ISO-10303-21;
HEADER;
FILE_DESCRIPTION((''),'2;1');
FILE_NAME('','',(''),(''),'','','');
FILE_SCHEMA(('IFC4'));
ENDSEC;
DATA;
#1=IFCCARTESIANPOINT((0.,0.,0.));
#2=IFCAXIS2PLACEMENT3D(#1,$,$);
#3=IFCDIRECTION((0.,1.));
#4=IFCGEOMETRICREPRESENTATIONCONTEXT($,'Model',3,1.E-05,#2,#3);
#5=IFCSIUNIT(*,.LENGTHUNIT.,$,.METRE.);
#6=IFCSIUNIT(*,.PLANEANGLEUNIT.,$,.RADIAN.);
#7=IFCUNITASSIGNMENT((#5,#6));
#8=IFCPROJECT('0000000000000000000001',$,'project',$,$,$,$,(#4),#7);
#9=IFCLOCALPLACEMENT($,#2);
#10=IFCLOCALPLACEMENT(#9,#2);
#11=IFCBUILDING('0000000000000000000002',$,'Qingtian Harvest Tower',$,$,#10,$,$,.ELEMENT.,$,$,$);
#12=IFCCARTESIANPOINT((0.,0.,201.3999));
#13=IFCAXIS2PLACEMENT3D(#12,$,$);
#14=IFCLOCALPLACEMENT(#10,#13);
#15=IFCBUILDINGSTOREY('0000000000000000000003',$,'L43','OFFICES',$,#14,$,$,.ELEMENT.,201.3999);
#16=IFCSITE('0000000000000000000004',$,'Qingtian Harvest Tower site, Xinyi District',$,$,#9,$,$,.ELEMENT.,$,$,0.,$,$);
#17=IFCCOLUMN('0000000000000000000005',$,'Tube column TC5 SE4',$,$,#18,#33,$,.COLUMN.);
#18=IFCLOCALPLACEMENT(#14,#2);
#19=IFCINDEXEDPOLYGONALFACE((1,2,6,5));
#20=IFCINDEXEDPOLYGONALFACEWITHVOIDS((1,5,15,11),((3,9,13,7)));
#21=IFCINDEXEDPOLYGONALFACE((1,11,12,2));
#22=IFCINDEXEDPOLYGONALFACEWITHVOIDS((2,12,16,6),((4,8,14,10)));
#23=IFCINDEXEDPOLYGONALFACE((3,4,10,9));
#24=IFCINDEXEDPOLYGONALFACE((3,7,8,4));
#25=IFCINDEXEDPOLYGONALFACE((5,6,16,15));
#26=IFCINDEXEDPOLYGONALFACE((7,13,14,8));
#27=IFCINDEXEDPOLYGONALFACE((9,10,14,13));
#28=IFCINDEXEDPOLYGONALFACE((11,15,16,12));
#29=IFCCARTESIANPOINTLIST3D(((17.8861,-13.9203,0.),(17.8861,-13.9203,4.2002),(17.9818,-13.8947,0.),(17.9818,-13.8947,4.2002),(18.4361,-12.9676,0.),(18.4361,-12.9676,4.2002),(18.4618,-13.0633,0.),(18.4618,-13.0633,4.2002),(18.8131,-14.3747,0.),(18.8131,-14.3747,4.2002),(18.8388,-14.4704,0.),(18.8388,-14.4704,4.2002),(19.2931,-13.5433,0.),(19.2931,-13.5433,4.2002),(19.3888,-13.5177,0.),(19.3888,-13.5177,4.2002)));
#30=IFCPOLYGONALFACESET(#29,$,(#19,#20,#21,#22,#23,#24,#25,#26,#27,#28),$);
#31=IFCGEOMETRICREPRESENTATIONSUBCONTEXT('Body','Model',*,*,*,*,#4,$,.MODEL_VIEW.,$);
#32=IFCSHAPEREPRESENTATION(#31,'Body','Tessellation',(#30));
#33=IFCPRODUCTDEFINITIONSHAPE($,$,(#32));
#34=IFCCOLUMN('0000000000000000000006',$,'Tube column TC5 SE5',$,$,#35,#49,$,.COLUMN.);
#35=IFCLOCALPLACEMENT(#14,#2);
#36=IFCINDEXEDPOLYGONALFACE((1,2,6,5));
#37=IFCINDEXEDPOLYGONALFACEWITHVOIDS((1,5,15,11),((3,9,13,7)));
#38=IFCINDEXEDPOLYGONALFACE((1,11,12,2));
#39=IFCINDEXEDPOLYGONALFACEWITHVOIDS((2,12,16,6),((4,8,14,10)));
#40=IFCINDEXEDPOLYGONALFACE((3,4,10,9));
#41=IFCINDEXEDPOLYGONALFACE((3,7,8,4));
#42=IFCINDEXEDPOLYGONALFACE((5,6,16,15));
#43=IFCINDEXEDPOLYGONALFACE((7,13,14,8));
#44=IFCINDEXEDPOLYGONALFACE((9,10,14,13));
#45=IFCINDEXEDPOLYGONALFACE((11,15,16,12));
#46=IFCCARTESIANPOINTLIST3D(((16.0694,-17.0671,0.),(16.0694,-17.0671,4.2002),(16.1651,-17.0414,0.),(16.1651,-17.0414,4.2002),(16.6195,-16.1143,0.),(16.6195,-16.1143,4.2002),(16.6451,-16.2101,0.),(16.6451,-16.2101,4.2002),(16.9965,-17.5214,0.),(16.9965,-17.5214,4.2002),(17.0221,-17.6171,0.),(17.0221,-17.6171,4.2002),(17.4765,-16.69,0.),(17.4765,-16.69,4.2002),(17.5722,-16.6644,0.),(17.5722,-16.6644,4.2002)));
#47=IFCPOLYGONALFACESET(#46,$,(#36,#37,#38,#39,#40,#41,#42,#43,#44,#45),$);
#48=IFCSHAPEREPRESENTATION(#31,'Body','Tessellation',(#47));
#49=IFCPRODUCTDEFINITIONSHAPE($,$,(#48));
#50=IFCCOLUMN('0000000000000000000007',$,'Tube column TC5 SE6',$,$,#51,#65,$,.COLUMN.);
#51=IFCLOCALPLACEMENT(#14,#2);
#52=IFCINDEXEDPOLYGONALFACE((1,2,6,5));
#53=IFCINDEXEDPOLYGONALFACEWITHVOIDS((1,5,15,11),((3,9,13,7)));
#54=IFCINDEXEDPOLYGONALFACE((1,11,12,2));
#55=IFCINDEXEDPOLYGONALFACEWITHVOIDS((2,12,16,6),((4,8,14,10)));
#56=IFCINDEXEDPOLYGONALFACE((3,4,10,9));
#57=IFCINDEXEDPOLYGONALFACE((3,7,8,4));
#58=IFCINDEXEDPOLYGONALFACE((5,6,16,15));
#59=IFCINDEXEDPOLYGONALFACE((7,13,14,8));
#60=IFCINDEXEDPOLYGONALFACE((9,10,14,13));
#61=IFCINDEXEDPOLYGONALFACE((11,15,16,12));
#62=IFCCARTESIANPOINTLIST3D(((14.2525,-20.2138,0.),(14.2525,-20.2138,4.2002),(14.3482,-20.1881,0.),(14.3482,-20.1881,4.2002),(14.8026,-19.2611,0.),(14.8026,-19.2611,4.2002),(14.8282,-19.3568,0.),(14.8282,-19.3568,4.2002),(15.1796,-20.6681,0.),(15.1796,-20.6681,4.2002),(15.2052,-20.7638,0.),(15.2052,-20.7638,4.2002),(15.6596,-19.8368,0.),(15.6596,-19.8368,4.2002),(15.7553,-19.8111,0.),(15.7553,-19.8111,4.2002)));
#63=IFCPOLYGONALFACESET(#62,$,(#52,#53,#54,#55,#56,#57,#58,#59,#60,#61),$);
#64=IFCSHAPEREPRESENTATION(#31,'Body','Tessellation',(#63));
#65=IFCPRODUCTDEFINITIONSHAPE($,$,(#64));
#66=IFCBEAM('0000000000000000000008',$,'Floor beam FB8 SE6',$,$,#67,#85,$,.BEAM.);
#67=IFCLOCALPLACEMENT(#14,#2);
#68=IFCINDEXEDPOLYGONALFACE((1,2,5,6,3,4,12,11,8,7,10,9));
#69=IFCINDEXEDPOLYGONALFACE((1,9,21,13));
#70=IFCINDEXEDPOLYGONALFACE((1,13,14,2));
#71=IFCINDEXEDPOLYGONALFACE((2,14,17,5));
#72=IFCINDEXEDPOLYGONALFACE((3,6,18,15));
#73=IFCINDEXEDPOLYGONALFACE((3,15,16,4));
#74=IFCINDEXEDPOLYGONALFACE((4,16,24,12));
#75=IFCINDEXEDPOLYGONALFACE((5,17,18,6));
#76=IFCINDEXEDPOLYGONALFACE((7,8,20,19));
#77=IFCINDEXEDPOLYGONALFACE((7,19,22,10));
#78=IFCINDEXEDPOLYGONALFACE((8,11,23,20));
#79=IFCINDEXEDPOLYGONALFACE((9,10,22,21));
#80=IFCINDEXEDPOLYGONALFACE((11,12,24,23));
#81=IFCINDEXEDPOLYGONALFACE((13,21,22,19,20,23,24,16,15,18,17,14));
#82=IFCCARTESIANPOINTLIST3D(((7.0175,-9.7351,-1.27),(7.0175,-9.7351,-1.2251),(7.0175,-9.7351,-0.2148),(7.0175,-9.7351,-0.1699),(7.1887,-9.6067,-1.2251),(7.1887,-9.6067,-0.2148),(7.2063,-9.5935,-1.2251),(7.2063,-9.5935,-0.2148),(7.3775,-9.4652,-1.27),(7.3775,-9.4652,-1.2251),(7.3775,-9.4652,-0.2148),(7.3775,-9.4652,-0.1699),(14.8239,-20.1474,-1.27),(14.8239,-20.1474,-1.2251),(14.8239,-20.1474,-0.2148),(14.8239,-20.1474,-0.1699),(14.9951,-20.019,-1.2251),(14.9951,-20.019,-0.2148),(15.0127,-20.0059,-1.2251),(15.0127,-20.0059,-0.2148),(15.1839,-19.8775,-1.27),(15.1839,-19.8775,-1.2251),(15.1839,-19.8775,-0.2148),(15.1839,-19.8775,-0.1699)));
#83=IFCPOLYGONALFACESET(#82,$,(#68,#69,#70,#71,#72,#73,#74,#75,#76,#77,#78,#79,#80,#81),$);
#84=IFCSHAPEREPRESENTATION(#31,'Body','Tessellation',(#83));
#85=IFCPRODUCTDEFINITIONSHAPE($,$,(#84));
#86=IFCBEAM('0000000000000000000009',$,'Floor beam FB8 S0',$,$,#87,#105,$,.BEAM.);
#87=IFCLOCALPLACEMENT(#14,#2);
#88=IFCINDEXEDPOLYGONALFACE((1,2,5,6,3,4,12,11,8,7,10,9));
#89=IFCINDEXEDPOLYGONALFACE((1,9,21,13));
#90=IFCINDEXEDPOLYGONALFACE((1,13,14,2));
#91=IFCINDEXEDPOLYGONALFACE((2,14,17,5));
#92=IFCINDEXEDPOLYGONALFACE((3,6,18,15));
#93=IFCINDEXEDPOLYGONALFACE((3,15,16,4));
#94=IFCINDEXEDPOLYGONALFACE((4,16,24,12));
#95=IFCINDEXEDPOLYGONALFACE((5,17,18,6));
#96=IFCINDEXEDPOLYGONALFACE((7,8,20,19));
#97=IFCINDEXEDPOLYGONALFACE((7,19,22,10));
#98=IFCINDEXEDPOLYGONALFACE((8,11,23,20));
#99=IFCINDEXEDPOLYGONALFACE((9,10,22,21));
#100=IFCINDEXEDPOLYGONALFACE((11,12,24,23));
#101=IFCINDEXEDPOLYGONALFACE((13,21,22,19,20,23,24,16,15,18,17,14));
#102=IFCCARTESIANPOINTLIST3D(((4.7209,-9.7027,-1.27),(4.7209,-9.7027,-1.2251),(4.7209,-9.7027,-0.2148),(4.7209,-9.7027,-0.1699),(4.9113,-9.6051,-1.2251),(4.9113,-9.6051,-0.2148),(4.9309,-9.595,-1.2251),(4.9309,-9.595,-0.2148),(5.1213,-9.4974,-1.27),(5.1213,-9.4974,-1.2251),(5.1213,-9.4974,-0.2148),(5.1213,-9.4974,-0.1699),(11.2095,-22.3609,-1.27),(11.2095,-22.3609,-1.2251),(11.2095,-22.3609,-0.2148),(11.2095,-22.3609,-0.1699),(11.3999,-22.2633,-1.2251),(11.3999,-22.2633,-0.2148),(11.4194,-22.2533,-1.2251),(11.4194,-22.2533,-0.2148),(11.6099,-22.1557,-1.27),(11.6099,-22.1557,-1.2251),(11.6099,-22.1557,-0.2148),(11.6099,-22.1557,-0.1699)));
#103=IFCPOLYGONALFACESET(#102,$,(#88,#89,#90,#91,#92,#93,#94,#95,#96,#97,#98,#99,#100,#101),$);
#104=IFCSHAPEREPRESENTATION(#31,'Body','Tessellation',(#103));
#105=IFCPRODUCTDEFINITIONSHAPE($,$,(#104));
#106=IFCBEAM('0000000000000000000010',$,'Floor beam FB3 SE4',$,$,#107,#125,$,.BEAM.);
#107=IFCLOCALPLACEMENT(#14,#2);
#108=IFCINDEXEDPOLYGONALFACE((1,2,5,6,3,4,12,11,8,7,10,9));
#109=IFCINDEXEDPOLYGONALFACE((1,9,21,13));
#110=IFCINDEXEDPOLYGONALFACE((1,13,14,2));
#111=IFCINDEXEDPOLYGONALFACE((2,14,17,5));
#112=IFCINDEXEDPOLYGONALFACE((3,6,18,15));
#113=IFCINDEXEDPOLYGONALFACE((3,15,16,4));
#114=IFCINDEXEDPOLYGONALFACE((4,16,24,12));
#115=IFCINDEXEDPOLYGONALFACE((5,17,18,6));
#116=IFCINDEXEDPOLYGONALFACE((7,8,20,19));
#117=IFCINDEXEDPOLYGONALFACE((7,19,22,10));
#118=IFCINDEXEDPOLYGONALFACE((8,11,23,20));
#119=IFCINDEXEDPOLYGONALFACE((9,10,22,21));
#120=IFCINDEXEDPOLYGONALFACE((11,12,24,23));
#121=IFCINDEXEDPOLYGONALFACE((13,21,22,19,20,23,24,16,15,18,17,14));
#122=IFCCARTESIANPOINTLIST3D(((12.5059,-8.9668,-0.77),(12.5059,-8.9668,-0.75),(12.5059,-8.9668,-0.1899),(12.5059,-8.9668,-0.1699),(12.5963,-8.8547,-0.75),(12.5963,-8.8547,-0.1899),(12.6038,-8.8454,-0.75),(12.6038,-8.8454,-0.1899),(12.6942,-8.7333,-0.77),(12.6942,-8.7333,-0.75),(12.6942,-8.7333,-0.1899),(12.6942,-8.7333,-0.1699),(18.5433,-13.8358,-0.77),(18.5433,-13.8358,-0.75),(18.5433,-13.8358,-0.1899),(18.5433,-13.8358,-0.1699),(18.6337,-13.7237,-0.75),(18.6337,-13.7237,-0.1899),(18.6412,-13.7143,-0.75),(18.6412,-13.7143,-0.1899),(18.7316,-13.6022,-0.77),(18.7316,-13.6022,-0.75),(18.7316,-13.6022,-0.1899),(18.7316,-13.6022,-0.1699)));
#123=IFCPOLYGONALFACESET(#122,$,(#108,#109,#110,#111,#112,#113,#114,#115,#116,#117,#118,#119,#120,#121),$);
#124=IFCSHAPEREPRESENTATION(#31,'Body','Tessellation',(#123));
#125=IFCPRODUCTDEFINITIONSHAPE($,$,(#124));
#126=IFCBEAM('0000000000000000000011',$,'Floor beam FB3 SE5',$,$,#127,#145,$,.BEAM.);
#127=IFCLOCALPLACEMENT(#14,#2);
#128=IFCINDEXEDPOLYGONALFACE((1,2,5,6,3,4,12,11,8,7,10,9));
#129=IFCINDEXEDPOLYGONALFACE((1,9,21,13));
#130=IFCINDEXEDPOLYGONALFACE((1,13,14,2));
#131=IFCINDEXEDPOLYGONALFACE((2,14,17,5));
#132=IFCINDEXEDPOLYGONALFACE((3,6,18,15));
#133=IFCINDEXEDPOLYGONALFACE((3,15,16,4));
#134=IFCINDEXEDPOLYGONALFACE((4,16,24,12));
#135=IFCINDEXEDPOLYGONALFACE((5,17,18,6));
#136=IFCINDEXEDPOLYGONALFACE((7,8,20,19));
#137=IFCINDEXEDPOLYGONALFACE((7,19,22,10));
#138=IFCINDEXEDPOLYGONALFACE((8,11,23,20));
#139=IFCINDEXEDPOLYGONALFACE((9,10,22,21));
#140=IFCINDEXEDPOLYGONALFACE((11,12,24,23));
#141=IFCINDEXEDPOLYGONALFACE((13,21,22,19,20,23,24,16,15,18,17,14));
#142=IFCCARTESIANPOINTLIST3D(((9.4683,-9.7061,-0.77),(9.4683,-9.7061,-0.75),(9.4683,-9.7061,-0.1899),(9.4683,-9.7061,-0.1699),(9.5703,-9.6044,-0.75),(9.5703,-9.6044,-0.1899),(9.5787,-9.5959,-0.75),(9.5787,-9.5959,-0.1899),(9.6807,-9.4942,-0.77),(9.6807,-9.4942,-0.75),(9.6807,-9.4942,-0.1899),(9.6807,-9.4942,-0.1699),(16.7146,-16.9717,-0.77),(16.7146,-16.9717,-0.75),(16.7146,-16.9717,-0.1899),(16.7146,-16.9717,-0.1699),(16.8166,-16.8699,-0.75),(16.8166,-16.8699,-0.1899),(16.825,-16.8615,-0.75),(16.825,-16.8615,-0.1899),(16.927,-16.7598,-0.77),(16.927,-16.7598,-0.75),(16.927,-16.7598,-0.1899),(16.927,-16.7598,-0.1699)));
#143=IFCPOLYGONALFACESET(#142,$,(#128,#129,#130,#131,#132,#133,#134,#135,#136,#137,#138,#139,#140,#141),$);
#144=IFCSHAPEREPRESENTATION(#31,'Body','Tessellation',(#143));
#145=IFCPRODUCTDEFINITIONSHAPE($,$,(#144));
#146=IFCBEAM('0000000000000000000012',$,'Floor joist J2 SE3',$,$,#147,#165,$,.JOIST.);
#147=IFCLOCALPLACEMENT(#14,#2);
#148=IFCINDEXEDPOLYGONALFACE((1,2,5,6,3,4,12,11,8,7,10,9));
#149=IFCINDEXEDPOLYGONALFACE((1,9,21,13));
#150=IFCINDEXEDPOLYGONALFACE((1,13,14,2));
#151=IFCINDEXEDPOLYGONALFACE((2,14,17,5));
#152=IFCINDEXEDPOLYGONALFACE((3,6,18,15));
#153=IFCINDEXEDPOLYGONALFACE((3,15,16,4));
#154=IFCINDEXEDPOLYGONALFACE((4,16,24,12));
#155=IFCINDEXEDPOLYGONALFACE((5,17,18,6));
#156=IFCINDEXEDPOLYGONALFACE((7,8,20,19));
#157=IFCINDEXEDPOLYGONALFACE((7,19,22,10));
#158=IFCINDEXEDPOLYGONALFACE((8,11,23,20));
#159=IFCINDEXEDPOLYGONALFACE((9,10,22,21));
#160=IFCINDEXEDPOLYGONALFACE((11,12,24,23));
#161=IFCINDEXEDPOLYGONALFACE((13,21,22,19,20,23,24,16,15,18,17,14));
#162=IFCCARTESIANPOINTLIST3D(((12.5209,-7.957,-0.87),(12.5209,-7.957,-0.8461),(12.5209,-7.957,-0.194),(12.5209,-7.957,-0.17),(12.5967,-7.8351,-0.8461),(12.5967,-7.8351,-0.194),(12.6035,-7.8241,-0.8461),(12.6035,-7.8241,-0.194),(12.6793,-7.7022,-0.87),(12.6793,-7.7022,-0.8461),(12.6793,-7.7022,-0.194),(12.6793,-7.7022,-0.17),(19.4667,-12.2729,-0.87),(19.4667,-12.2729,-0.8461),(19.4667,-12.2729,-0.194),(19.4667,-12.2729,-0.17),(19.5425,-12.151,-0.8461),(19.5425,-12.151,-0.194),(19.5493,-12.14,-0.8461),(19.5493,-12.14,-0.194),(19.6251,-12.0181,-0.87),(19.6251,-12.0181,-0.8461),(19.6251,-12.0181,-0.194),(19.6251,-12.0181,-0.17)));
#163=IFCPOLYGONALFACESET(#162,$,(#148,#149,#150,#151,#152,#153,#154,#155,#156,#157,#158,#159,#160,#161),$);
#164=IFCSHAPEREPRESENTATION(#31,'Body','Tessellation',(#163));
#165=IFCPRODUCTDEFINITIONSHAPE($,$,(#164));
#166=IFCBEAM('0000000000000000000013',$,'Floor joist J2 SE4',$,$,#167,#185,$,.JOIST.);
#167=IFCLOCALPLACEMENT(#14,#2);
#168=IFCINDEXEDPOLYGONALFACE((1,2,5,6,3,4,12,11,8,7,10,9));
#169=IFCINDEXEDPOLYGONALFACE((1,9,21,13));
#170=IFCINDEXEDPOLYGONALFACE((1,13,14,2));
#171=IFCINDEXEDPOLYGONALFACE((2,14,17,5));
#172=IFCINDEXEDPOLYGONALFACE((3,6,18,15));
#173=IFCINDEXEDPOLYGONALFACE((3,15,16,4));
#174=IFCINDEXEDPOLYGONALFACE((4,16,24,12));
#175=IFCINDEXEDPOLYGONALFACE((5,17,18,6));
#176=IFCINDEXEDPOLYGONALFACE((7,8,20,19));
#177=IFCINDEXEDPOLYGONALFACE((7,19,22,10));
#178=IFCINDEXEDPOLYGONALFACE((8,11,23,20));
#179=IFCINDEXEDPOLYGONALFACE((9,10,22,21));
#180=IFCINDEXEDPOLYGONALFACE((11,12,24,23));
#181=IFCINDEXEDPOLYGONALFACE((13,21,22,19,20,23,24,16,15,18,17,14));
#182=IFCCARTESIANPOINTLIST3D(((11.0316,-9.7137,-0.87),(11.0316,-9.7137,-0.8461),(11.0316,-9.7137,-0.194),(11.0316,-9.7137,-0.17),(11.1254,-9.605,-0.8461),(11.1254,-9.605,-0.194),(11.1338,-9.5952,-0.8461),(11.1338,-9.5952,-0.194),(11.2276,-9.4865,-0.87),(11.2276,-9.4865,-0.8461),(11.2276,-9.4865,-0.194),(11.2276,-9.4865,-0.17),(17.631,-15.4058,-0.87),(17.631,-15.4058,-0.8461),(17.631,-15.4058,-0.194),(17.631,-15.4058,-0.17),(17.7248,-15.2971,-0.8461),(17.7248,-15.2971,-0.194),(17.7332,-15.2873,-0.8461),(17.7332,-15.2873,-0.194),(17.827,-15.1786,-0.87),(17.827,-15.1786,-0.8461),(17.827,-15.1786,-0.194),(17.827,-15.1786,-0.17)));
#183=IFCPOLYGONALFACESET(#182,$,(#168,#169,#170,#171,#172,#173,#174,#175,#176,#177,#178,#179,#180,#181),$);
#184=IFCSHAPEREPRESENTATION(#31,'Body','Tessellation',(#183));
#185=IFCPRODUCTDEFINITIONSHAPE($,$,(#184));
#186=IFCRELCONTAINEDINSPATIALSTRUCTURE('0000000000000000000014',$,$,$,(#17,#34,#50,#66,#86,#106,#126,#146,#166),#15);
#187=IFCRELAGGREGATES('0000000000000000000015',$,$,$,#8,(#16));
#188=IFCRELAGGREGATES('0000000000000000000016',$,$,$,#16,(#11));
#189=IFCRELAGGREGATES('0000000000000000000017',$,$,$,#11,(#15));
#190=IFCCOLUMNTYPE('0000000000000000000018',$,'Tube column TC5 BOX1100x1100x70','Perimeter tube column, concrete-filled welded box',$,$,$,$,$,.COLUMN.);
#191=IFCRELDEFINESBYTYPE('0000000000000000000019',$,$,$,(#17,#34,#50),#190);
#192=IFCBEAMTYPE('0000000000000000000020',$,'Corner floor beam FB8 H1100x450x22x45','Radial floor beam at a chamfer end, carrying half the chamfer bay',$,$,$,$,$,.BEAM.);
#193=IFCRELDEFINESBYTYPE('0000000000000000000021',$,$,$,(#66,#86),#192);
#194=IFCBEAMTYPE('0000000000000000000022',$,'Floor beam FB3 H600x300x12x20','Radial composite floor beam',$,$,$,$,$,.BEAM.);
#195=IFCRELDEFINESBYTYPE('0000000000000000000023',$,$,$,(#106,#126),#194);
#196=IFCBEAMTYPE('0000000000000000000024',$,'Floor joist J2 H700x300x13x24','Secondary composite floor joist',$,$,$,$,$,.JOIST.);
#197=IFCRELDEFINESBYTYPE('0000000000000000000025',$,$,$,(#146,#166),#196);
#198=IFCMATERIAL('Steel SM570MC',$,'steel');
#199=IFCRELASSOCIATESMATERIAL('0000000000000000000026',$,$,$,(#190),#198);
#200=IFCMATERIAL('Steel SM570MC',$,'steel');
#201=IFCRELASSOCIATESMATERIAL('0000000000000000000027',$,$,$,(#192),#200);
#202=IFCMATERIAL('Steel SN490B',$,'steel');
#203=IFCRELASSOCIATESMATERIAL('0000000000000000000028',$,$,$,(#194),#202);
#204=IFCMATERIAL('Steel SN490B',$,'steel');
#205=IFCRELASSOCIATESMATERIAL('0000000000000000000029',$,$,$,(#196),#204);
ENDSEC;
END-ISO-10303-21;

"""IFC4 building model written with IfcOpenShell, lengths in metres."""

from ifc_helpers import new_model, si_unit, direction, frame, origin, origin_2d, place, context, subcontext, project, spatial, hollow_rectangle, i_section, extrude, material, material_profile, profile_set, type_object, element, save


model = new_model("IFC4")

# Units and contexts
model_context = context("Model", 3, precision=1e-05, world=origin(), true_north=direction((0.0, 1.0)))
body_context = subcontext(model_context, "Body", "Model", "MODEL_VIEW")
ifc_project = project(units=[si_unit("LENGTHUNIT", "METRE"), si_unit("PLANEANGLEUNIT", "RADIAN")], contexts=[model_context])

# Site, building, storey
site_placement = place(None, origin())
site = spatial("IfcSite", under=ifc_project, at=site_placement, Name="Qingtian Harvest Tower site, Xinyi District", CompositionType="ELEMENT", RefElevation=0.0)
building_placement = place(site_placement, origin())
building = spatial("IfcBuilding", under=site, at=building_placement, Name="Qingtian Harvest Tower", CompositionType="ELEMENT")
storey_placement = place(building_placement, frame((0.0, 0.0, 201.3999)))
storey = spatial("IfcBuildingStorey", under=building, at=storey_placement, Name="L43", Description="OFFICES", CompositionType="ELEMENT", Elevation=201.3999)

# Columns
ifc_material_1 = material(Name="Steel SM570MC", Category="steel")
ifc_material_profile_1 = material_profile(ifc_material_1, hollow_rectangle(XDim=1.1001, YDim=1.1001, WallThickness=0.0701, at=origin_2d()), Name="BOX1100x1100x70")
ifc_profile_set_1 = profile_set([ifc_material_profile_1], Name="Steel SM570MC")
column_type = type_object("IfcColumnType", Name="Tube column TC5 BOX1100x1100x70", Description="Perimeter tube column, concrete-filled welded box", PredefinedType="COLUMN", material=ifc_profile_set_1)
for number, where, z_axis, x_axis, name in (
    (1, (18.6375, -13.719, 0.0), (0.0, 0.0, 1.0), (0.5, 0.866025, 0.0), "Tube column TC5 SE4"),
    (2, (16.8208, -16.8657, 0.0), (0.0, 0.0, 1.0), (0.5, 0.866025, 0.0), "Tube column TC5 SE5"),
    (3, (15.0039, -20.0125, 0.0), (0.0, 0.0, 1.0), (0.5, 0.866025, 0.0), "Tube column TC5 SE6"),
):
    element("IfcColumn", number, at=place(storey_placement, frame(where, z_axis=z_axis, x_axis=x_axis)), inside=storey, type_object=column_type, Name=name, PredefinedType="COLUMN", context=body_context, shape_type="SweptSolid", body=[
        extrude(hollow_rectangle(XDim=1.1001, YDim=1.1001, WallThickness=0.0701, at=origin_2d()), origin(), (0.0, 0.0, 1.0), 4.2002),
    ])

# Beams
ifc_material_2 = material(Name="Steel SM570MC", Category="steel")
ifc_material_profile_2 = material_profile(ifc_material_2, i_section(OverallWidth=0.45, OverallDepth=1.1001, WebThickness=0.022, FlangeThickness=0.0449, at=origin_2d()), Name="H1100x450x22x45")
ifc_profile_set_2 = profile_set([ifc_material_profile_2], Name="Steel SM570MC")
beam_type_1 = type_object("IfcBeamType", Name="Corner floor beam FB8 H1100x450x22x45", Description="Radial floor beam at a chamfer end, carrying half the chamfer bay", PredefinedType="BEAM", material=ifc_profile_set_2)
beam_1_placement = place(storey_placement, frame((15.0039, -20.0125, -0.72), z_axis=(-0.599859, 0.800106, 0.0), x_axis=(-0.800106, -0.599859, 0.0)))
element("IfcBeam", 4, at=beam_1_placement, inside=storey, type_object=beam_type_1, Name="Floor beam FB8 SE6", PredefinedType="BEAM", context=body_context, shape_type="SweptSolid", body=[
    extrude(i_section(OverallWidth=0.45, OverallDepth=1.1001, WebThickness=0.022, FlangeThickness=0.0449, at=origin_2d()), origin(), (0.0, 0.0, 1.0), 13.0137),
])
beam_2_placement = place(storey_placement, frame((11.4097, -22.2583, -0.72), z_axis=(-0.456157, 0.889899, 0.0), x_axis=(-0.889899, -0.456157, 0.0)))
element("IfcBeam", 5, at=beam_2_placement, inside=storey, type_object=beam_type_1, Name="Floor beam FB8 S0", PredefinedType="BEAM", context=body_context, shape_type="SweptSolid", body=[
    extrude(i_section(OverallWidth=0.45, OverallDepth=1.1001, WebThickness=0.022, FlangeThickness=0.0449, at=origin_2d()), origin(), (0.0, 0.0, 1.0), 14.2244),
])
ifc_material_3 = material(Name="Steel SN490B", Category="steel")
ifc_material_profile_3 = material_profile(ifc_material_3, i_section(OverallWidth=0.3, OverallDepth=0.6001, WebThickness=0.012, FlangeThickness=0.02, at=origin_2d()), Name="H600x300x12x20")
ifc_profile_set_3 = profile_set([ifc_material_profile_3], Name="Steel SN490B")
beam_type_2 = type_object("IfcBeamType", Name="Floor beam FB3 H600x300x12x20", Description="Radial composite floor beam", PredefinedType="BEAM", material=ifc_profile_set_3)
beam_3_placement = place(storey_placement, frame((18.6375, -13.719, -0.47), z_axis=(-0.778409, 0.627757, 0.0), x_axis=(-0.627757, -0.778409, 0.0)))
element("IfcBeam", 6, at=beam_3_placement, inside=storey, type_object=beam_type_2, Name="Floor beam FB3 SE4", PredefinedType="BEAM", context=body_context, shape_type="SweptSolid", body=[
    extrude(i_section(OverallWidth=0.3, OverallDepth=0.6001, WebThickness=0.012, FlangeThickness=0.02, at=origin_2d()), origin(), (0.0, 0.0, 1.0), 7.7561),
])
beam_4_placement = place(storey_placement, frame((16.8208, -16.8657, -0.47), z_axis=(-0.706166, 0.708046, 0.0), x_axis=(-0.708046, -0.706166, 0.0)))
element("IfcBeam", 7, at=beam_4_placement, inside=storey, type_object=beam_type_2, Name="Floor beam FB3 SE5", PredefinedType="BEAM", context=body_context, shape_type="SweptSolid", body=[
    extrude(i_section(OverallWidth=0.3, OverallDepth=0.6001, WebThickness=0.012, FlangeThickness=0.02, at=origin_2d()), origin(), (0.0, 0.0, 1.0), 10.2615),
])
ifc_material_4 = material(Name="Steel SN490B", Category="steel")
ifc_material_profile_4 = material_profile(ifc_material_4, i_section(OverallWidth=0.3, OverallDepth=0.7, WebThickness=0.0129, FlangeThickness=0.0239, at=origin_2d()), Name="H700x300x13x24")
ifc_profile_set_4 = profile_set([ifc_material_profile_4], Name="Steel SN490B")
beam_type_3 = type_object("IfcBeamType", Name="Floor joist J2 H700x300x13x24", Description="Secondary composite floor joist", PredefinedType="JOIST", material=ifc_profile_set_4)
beam_5_placement = place(storey_placement, frame((19.5459, -12.1455, -0.52), z_axis=(-0.849381, 0.52778, 0.0), x_axis=(-0.52778, -0.849381, 0.0)))
element("IfcBeam", 8, at=beam_5_placement, inside=storey, type_object=beam_type_3, Name="Floor joist J2 SE3", PredefinedType="JOIST", context=body_context, shape_type="SweptSolid", body=[
    extrude(i_section(OverallWidth=0.3, OverallDepth=0.7, WebThickness=0.0129, FlangeThickness=0.0239, at=origin_2d()), origin(), (0.0, 0.0, 1.0), 8.1775),
])
beam_6_placement = place(storey_placement, frame((17.729, -15.2922, -0.52), z_axis=(-0.757238, 0.653139, 0.0), x_axis=(-0.653139, -0.757238, 0.0)))
element("IfcBeam", 9, at=beam_6_placement, inside=storey, type_object=beam_type_3, Name="Floor joist J2 SE4", PredefinedType="JOIST", context=body_context, shape_type="SweptSolid", body=[
    extrude(i_section(OverallWidth=0.3, OverallDepth=0.7, WebThickness=0.0129, FlangeThickness=0.0239, at=origin_2d()), origin(), (0.0, 0.0, 1.0), 8.7151),
])

save(model, "model.ifc")
